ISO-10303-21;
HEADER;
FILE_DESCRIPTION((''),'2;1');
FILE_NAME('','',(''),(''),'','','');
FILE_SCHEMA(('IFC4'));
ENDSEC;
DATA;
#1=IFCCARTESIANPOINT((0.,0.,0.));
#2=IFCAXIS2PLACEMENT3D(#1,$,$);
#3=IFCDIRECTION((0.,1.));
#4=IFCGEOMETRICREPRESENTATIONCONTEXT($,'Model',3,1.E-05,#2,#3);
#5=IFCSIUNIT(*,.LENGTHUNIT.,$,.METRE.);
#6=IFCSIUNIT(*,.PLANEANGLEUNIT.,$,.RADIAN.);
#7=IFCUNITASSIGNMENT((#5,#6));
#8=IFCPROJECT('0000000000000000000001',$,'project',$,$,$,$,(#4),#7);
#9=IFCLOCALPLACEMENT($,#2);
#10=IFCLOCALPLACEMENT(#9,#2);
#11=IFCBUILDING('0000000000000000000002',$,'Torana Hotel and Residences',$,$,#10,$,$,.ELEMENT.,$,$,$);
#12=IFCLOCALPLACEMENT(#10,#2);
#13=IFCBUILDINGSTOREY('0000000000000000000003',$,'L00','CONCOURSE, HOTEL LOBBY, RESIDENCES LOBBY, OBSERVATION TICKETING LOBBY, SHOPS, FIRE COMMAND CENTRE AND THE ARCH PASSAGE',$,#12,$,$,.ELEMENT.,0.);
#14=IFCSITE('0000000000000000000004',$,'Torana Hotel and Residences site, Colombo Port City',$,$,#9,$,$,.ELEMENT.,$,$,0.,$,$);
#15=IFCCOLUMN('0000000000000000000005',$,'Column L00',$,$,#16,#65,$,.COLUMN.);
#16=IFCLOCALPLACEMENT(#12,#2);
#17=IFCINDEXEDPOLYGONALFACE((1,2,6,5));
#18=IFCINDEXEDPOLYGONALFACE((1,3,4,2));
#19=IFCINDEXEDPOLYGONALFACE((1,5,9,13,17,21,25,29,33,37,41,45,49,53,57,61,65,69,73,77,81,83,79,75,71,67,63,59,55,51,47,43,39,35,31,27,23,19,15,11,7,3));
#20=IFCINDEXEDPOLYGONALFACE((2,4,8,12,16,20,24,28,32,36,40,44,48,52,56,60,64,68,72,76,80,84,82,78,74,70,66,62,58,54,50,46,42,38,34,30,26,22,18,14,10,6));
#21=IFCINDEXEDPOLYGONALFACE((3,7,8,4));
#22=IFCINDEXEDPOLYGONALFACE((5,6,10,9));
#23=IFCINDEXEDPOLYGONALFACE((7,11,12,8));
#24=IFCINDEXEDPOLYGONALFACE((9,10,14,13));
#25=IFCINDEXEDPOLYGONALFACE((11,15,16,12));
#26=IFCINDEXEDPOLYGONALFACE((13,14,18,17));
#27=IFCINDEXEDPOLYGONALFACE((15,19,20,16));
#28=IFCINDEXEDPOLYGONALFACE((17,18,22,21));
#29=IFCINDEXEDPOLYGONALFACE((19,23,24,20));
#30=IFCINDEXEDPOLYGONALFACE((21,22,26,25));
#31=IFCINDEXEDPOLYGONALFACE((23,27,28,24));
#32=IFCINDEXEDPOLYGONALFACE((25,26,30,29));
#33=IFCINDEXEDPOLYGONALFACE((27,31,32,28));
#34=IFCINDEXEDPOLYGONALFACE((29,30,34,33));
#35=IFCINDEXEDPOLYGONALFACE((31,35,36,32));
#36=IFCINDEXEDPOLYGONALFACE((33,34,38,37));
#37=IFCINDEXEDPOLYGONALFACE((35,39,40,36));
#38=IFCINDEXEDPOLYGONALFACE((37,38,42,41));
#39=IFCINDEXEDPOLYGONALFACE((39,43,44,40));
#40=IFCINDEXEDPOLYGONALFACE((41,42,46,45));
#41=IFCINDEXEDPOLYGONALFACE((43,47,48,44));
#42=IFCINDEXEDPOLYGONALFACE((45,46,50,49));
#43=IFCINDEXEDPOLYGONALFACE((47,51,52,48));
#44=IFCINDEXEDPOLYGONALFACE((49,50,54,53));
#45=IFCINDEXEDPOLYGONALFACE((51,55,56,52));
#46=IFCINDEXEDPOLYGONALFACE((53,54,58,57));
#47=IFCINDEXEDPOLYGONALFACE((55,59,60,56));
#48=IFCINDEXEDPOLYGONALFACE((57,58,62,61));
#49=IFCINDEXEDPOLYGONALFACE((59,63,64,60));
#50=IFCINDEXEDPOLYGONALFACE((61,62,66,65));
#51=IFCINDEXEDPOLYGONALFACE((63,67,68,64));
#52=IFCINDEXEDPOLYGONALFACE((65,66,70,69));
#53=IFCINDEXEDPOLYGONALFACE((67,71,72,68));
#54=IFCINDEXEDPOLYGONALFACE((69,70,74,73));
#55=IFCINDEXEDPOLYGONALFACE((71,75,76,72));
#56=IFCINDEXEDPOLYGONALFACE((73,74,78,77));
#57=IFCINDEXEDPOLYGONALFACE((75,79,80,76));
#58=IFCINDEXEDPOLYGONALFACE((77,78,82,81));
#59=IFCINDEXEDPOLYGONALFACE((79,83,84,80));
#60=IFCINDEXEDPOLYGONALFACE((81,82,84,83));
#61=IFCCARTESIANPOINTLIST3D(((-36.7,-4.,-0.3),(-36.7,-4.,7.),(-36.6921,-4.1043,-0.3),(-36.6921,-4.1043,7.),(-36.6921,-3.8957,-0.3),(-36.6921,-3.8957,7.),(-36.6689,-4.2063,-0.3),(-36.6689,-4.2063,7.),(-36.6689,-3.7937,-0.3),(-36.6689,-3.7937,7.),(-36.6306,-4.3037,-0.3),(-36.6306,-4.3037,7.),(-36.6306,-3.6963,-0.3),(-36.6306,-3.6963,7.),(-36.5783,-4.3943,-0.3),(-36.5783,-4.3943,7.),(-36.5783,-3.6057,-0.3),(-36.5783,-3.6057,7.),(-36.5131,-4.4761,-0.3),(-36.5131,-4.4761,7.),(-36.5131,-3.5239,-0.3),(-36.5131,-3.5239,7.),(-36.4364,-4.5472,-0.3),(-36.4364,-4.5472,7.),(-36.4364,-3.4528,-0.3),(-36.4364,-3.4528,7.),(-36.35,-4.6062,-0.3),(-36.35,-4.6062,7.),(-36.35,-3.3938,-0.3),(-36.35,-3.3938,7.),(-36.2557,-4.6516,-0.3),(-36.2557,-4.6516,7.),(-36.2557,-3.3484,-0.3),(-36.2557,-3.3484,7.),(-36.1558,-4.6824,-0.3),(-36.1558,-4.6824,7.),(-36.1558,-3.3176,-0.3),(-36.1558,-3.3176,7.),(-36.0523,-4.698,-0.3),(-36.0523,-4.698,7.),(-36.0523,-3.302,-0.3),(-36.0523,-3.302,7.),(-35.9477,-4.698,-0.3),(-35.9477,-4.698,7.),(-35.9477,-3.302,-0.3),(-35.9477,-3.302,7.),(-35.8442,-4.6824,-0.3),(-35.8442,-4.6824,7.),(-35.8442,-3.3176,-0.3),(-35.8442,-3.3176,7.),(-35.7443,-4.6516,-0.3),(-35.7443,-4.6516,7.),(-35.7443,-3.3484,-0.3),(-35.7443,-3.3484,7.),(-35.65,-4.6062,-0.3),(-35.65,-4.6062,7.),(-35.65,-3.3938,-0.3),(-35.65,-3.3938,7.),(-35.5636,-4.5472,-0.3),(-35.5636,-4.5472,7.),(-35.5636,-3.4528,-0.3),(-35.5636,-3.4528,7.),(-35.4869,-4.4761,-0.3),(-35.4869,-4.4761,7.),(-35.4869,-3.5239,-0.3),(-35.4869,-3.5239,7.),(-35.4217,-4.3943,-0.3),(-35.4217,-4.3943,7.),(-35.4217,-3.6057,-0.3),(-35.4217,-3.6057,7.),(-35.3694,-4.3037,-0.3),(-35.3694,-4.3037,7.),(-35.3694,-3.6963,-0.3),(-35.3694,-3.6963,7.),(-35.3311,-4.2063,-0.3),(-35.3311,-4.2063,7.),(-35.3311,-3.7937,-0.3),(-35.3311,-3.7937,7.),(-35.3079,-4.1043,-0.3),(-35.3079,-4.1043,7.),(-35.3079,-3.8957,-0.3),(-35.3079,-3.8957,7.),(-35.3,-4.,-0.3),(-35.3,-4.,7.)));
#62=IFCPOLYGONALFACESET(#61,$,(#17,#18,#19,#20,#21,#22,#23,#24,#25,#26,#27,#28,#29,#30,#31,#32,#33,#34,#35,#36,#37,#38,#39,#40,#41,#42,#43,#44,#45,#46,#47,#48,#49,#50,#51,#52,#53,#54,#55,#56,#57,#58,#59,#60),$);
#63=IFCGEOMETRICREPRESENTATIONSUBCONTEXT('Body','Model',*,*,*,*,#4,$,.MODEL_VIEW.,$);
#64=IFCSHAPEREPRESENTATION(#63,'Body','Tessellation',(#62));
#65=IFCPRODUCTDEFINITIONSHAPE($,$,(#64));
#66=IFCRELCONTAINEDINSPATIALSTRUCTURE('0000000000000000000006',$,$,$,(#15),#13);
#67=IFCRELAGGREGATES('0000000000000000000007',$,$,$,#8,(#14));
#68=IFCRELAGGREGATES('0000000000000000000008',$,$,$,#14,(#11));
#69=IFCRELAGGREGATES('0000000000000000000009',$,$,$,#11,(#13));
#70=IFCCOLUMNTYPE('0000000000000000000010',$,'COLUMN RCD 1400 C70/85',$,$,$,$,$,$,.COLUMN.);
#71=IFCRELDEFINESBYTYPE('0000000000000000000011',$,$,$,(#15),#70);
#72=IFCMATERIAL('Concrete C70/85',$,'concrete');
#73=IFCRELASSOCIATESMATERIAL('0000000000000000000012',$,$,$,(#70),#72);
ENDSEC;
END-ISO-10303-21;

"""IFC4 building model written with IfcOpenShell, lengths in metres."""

from ifc_helpers import new_model, si_unit, direction, frame, origin, origin_2d, place, context, subcontext, project, spatial, circle, extrude, material, material_profile, profile_set, type_object, element, save


model = new_model("IFC4")

# Units and contexts
model_context = context("Model", 3, precision=1e-05, world=origin(), true_north=direction((0.0, 1.0)))
body_context = subcontext(model_context, "Body", "Model", "MODEL_VIEW")
ifc_project = project(units=[si_unit("LENGTHUNIT", "METRE"), si_unit("PLANEANGLEUNIT", "RADIAN")], contexts=[model_context])

# Site, building, storey
site_placement = place(None, origin())
site = spatial("IfcSite", under=ifc_project, at=site_placement, Name="Torana Hotel and Residences site, Colombo Port City", CompositionType="ELEMENT", RefElevation=0.0)
building_placement = place(site_placement, origin())
building = spatial("IfcBuilding", under=site, at=building_placement, Name="Torana Hotel and Residences", CompositionType="ELEMENT")
storey_placement = place(building_placement, origin())
storey = spatial("IfcBuildingStorey", under=building, at=storey_placement, Name="L00", Description="CONCOURSE, HOTEL LOBBY, RESIDENCES LOBBY, OBSERVATION TICKETING LOBBY, SHOPS, FIRE COMMAND CENTRE AND THE ARCH PASSAGE", CompositionType="ELEMENT", Elevation=0.0)

# Column
ifc_material_1 = material(Name="Concrete C70/85", Category="concrete")
ifc_material_profile = material_profile(ifc_material_1, circle(Radius=0.7, at=origin_2d()), Name="RCD 1400")
ifc_profile_set = profile_set([ifc_material_profile], Name="Concrete C70/85")
column_type = type_object("IfcColumnType", Name="COLUMN RCD 1400 C70/85", PredefinedType="COLUMN", material=ifc_profile_set)
column_placement = place(storey_placement, frame((-36.0, -4.0, -0.3), z_axis=(0.0, 0.0, 1.0), x_axis=(1.0, 0.0, 0.0)))
element("IfcColumn", 1, at=column_placement, inside=storey, type_object=column_type, Name="Column L00", PredefinedType="COLUMN", context=body_context, shape_type="SweptSolid", body=[
    extrude(circle(Radius=0.7, at=origin_2d()), origin(), (0.0, 0.0, 1.0), 7.3),
])

save(model, "model.ifc")
